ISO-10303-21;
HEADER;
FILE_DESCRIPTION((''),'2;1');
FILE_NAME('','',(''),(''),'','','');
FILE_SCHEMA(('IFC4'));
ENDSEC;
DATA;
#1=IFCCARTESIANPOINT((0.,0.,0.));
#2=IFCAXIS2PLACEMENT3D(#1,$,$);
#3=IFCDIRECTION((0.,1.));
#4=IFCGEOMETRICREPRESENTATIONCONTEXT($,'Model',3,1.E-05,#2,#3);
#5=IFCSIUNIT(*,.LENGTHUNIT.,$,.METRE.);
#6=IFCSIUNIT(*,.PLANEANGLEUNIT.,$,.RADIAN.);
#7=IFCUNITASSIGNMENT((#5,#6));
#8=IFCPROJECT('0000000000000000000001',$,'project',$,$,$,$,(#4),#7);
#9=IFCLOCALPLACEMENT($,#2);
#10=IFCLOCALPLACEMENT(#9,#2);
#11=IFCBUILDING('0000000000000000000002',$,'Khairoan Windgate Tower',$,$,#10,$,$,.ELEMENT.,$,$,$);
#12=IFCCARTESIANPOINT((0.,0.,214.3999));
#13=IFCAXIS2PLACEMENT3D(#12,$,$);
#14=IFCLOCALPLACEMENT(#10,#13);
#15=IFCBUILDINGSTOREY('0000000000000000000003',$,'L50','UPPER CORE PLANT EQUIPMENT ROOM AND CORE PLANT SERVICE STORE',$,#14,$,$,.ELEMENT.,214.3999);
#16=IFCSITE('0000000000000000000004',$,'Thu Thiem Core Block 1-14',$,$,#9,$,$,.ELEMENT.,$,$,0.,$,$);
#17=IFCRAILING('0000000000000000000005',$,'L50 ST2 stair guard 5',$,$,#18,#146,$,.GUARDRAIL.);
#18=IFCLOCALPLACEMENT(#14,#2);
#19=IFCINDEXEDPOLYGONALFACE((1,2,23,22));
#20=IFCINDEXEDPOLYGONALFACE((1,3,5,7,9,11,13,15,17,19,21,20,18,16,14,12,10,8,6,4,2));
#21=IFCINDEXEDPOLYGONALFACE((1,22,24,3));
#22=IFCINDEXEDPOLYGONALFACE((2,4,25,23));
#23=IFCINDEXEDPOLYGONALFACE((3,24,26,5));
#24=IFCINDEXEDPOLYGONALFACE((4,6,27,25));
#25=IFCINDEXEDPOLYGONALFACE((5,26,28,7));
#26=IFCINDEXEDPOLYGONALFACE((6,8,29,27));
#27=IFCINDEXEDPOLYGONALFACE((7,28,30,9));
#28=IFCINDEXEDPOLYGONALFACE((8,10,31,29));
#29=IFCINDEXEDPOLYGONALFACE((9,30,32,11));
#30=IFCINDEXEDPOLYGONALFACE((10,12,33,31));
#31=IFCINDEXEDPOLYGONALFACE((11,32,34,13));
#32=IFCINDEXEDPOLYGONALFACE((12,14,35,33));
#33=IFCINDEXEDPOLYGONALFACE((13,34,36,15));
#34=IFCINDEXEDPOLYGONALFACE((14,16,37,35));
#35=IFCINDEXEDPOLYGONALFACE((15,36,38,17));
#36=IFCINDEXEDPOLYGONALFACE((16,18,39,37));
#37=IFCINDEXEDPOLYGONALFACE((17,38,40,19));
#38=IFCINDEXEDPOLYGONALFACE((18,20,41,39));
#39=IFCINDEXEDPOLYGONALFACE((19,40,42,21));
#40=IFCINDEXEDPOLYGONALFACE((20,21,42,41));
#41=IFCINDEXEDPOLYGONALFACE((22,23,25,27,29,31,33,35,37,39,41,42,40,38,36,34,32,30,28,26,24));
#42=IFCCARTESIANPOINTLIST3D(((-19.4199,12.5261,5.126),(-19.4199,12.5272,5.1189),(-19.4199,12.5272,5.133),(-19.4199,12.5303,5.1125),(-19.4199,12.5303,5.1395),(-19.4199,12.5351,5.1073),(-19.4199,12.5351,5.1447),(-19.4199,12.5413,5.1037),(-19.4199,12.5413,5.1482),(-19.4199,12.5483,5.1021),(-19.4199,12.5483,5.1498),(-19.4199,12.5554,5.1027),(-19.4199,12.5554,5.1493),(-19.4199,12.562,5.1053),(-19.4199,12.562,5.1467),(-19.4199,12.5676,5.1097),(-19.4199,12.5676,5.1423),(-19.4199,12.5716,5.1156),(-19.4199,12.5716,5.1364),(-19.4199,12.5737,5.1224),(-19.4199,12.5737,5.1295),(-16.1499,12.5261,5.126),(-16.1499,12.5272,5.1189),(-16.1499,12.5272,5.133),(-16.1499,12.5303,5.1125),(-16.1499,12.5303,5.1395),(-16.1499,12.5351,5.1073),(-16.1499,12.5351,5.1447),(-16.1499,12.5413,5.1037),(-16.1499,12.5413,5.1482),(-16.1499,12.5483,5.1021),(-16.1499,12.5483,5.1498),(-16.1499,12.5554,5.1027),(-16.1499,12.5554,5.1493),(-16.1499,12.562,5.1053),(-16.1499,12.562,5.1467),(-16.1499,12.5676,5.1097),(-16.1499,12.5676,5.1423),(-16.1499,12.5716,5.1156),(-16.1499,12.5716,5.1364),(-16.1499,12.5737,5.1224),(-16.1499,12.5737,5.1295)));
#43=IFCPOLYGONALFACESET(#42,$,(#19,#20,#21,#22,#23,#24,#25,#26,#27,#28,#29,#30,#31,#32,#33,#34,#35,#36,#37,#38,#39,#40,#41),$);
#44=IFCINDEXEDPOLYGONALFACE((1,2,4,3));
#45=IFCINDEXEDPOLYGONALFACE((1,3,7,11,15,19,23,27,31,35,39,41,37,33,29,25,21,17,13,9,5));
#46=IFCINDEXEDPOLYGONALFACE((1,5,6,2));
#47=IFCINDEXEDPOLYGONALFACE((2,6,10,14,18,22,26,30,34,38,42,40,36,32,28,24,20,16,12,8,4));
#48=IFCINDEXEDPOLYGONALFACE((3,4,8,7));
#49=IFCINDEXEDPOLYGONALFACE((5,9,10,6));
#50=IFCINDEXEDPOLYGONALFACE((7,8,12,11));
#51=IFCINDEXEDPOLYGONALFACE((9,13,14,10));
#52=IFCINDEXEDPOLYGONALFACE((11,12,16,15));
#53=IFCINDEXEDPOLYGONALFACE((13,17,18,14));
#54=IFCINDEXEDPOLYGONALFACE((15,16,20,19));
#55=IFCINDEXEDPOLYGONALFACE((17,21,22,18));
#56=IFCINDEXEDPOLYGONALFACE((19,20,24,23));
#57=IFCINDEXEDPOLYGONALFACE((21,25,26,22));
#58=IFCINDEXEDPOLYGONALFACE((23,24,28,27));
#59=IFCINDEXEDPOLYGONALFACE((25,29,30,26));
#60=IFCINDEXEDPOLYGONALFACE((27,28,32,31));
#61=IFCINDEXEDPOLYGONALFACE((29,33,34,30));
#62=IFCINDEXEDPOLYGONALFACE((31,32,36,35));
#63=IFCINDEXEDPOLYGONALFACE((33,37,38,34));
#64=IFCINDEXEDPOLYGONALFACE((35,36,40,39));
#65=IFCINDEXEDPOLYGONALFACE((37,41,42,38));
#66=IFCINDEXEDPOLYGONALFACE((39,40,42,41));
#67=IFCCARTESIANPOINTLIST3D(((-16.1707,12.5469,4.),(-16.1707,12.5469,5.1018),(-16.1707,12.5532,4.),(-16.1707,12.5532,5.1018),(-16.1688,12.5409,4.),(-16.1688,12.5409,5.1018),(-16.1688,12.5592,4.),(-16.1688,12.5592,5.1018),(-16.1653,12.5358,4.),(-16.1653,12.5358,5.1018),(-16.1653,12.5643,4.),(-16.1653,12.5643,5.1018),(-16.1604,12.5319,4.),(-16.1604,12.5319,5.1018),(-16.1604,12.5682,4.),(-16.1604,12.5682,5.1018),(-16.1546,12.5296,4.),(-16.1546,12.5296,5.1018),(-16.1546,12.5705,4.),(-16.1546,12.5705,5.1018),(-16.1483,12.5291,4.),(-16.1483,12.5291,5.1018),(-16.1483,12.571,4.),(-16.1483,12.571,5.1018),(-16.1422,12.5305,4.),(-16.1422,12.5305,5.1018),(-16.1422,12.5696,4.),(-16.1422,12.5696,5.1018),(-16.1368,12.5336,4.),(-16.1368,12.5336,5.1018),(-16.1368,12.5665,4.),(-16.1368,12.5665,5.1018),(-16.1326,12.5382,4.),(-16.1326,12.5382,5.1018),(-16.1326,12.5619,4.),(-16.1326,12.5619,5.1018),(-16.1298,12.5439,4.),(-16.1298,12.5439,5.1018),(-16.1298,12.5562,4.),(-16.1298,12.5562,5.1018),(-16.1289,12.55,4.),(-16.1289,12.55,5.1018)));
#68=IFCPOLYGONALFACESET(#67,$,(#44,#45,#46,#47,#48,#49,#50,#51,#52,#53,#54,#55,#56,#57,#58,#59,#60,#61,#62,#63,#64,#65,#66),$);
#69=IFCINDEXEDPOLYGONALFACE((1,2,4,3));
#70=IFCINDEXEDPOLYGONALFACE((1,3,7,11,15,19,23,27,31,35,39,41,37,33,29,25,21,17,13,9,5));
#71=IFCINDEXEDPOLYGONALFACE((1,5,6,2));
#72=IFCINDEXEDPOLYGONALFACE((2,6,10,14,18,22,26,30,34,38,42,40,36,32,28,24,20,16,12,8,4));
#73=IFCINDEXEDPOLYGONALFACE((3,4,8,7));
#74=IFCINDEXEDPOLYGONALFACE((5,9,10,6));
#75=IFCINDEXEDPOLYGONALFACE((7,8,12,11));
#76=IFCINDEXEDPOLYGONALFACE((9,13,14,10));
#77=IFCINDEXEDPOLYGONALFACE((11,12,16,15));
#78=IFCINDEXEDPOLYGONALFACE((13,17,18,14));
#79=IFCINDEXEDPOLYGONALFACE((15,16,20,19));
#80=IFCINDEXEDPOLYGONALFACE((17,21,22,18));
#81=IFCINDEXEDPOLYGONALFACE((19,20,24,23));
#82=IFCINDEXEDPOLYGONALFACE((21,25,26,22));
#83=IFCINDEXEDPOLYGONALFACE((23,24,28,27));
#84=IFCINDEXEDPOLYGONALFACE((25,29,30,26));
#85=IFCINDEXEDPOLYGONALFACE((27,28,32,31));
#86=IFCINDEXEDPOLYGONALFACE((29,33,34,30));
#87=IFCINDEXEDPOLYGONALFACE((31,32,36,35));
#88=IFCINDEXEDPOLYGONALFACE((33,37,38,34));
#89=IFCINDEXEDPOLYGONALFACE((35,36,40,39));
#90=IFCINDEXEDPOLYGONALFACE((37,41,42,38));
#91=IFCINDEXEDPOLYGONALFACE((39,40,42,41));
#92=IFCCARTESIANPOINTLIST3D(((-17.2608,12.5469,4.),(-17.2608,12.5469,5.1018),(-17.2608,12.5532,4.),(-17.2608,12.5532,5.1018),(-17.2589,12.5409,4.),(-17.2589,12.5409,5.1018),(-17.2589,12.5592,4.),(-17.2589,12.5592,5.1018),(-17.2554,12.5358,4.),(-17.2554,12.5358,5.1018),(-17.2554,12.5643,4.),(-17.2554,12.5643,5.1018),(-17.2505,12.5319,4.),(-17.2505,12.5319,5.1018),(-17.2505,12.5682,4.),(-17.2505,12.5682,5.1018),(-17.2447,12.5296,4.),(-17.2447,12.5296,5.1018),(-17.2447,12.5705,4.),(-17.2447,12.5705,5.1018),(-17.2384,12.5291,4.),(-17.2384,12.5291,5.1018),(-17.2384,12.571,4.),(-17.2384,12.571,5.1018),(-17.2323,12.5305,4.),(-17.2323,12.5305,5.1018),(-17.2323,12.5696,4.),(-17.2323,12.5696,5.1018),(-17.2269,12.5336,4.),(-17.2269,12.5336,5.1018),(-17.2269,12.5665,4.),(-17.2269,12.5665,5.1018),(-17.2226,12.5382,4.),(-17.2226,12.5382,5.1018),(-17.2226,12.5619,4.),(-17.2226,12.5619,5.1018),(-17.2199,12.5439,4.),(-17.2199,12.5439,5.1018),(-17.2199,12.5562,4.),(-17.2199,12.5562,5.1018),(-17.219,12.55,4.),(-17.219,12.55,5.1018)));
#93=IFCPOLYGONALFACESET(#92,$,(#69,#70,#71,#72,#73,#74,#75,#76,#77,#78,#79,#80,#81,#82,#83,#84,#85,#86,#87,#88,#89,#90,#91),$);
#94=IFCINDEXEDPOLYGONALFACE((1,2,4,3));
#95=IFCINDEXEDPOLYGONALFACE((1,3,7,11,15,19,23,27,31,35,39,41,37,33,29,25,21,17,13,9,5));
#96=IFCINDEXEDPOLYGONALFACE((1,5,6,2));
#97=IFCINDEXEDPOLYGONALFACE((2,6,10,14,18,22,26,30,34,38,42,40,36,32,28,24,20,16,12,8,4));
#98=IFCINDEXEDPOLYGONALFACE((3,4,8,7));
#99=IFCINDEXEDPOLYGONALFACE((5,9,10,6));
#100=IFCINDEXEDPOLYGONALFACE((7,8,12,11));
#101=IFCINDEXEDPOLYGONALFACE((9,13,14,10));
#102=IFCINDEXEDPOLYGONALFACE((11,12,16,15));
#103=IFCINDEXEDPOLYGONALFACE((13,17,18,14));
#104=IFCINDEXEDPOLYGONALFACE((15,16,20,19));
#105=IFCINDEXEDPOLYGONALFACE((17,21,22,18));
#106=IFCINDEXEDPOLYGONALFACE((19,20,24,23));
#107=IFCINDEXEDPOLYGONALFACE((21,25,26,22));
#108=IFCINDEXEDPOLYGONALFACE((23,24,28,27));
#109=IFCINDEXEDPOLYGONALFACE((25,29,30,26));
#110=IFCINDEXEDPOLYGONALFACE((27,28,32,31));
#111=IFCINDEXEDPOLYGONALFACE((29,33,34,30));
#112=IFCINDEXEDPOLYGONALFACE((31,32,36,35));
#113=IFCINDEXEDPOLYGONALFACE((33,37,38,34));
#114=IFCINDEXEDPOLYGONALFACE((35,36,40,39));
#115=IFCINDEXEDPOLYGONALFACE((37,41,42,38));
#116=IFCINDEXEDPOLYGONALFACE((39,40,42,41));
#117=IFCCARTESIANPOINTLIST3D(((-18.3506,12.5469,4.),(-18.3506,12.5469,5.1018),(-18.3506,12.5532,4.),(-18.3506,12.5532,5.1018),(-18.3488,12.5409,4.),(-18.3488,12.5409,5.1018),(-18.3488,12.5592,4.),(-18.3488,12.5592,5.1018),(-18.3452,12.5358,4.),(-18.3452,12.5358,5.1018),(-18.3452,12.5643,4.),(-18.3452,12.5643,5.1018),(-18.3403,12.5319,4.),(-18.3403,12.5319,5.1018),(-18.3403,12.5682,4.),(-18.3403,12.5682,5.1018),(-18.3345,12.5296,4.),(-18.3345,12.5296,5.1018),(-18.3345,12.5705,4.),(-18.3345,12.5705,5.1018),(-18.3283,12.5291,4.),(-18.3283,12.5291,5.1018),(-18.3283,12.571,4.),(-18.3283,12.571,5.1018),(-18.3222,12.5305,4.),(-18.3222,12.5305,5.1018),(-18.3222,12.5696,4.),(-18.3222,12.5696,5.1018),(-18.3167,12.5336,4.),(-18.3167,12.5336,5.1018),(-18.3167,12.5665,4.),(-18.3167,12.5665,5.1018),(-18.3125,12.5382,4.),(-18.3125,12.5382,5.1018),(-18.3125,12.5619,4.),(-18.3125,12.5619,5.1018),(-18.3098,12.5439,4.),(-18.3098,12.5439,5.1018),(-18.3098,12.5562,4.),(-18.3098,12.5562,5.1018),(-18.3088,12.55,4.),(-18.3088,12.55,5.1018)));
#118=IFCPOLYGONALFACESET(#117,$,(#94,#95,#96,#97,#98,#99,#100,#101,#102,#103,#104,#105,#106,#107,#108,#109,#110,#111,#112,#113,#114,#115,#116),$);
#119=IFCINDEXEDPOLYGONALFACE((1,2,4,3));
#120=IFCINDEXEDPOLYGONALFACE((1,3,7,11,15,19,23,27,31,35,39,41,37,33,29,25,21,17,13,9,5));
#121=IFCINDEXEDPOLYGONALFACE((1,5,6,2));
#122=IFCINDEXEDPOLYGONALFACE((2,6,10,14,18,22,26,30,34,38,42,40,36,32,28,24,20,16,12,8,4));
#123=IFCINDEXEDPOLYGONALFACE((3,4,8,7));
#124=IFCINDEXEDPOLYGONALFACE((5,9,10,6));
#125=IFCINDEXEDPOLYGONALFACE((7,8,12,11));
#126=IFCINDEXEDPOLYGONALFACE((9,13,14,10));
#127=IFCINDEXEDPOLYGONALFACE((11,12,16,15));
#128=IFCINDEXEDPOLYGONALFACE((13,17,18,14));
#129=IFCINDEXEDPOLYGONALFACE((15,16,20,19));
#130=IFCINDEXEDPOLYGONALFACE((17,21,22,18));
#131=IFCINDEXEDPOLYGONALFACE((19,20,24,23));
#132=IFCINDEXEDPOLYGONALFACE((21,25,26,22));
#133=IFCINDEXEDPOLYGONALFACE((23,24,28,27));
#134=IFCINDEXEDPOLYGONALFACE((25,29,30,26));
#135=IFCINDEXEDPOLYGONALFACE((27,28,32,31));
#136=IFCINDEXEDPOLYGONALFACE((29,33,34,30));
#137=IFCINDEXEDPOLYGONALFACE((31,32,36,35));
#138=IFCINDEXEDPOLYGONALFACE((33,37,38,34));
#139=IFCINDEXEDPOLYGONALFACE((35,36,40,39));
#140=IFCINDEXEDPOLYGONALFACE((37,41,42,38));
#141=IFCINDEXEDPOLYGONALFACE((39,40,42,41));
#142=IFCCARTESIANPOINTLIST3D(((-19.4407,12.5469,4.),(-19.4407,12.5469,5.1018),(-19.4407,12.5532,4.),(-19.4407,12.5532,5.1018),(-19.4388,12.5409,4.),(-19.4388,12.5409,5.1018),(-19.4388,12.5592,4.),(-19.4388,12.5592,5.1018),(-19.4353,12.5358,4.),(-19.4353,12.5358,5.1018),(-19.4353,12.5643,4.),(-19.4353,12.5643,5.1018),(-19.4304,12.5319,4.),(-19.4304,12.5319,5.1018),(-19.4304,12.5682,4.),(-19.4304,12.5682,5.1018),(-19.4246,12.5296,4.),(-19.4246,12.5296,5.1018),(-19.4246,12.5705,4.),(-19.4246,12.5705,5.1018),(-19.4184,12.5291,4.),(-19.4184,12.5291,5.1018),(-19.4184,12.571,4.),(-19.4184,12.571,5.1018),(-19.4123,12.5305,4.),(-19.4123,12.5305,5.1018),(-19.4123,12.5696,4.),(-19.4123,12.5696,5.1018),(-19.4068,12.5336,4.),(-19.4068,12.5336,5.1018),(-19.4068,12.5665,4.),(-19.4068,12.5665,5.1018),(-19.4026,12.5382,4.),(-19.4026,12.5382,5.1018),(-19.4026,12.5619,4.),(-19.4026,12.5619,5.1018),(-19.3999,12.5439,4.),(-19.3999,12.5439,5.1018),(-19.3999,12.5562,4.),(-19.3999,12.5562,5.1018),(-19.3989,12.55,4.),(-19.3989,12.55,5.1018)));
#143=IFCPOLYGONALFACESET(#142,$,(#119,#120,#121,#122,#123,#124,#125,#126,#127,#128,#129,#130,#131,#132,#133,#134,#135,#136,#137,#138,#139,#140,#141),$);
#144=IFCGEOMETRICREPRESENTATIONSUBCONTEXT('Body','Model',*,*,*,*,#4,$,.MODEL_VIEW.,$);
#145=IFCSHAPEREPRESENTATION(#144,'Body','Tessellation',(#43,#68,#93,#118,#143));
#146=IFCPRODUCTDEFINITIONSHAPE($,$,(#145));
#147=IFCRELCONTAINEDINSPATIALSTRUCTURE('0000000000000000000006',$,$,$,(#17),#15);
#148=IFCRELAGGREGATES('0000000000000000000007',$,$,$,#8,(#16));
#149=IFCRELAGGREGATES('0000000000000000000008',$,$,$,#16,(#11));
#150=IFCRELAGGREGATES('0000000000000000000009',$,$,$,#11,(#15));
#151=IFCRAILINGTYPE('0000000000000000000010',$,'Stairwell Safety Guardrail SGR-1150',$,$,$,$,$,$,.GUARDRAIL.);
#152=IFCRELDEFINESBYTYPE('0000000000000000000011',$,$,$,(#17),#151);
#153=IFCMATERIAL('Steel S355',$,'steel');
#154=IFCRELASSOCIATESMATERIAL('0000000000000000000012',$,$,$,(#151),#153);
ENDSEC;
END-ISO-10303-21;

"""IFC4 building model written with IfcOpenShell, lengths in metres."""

from ifc_helpers import new_model, si_unit, direction, frame, origin, origin_2d, place, context, subcontext, project, spatial, circle, extrude, material, type_object, element, save


model = new_model("IFC4")

# Units and contexts
model_context = context("Model", 3, precision=1e-05, world=origin(), true_north=direction((0.0, 1.0)))
body_context = subcontext(model_context, "Body", "Model", "MODEL_VIEW")
ifc_project = project(units=[si_unit("LENGTHUNIT", "METRE"), si_unit("PLANEANGLEUNIT", "RADIAN")], contexts=[model_context])

# Site, building, storey
site_placement = place(None, origin())
site = spatial("IfcSite", under=ifc_project, at=site_placement, Name="Thu Thiem Core Block 1-14", CompositionType="ELEMENT", RefElevation=0.0)
building_placement = place(site_placement, origin())
building = spatial("IfcBuilding", under=site, at=building_placement, Name="Khairoan Windgate Tower", CompositionType="ELEMENT")
storey_placement = place(building_placement, frame((0.0, 0.0, 214.3999)))
storey = spatial("IfcBuildingStorey", under=building, at=storey_placement, Name="L50", Description="UPPER CORE PLANT EQUIPMENT ROOM AND CORE PLANT SERVICE STORE", CompositionType="ELEMENT", Elevation=214.3999)

# Railing
ifc_material_1 = material(Name="Steel S355", Category="steel")
railing_type_1 = type_object("IfcRailingType", Name="Stairwell Safety Guardrail SGR-1150", PredefinedType="GUARDRAIL", material=ifc_material_1)
railing_1_placement = place(storey_placement, frame((-16.1499, 12.55, 4.0)))
element("IfcRailing", 1, at=railing_1_placement, inside=storey, type_object=railing_type_1, Name="L50 ST2 stair guard 5", PredefinedType="GUARDRAIL", context=body_context, shape_type="SweptSolid", body=[
    extrude(circle(Radius=0.0239, at=origin_2d()), frame((0.0, 0.0, 1.126), z_axis=(-1.0, 0.0, 0.0), x_axis=(0.0, -1.0, 0.0)), (0.0, 0.0, 1.0), 3.27),
    extrude(circle(Radius=0.021, at=origin_2d()), origin(), (0.0, 0.0, 1.0), 1.1018),
    extrude(circle(Radius=0.021, at=origin_2d()), frame((-1.0901, 0.0, 0.0)), (0.0, 0.0, 1.0), 1.1018),
    extrude(circle(Radius=0.021, at=origin_2d()), frame((-2.1799, 0.0, 0.0)), (0.0, 0.0, 1.0), 1.1018),
    extrude(circle(Radius=0.021, at=origin_2d()), frame((-3.27, 0.0, 0.0)), (0.0, 0.0, 1.0), 1.1018),
])

save(model, "model.ifc")
